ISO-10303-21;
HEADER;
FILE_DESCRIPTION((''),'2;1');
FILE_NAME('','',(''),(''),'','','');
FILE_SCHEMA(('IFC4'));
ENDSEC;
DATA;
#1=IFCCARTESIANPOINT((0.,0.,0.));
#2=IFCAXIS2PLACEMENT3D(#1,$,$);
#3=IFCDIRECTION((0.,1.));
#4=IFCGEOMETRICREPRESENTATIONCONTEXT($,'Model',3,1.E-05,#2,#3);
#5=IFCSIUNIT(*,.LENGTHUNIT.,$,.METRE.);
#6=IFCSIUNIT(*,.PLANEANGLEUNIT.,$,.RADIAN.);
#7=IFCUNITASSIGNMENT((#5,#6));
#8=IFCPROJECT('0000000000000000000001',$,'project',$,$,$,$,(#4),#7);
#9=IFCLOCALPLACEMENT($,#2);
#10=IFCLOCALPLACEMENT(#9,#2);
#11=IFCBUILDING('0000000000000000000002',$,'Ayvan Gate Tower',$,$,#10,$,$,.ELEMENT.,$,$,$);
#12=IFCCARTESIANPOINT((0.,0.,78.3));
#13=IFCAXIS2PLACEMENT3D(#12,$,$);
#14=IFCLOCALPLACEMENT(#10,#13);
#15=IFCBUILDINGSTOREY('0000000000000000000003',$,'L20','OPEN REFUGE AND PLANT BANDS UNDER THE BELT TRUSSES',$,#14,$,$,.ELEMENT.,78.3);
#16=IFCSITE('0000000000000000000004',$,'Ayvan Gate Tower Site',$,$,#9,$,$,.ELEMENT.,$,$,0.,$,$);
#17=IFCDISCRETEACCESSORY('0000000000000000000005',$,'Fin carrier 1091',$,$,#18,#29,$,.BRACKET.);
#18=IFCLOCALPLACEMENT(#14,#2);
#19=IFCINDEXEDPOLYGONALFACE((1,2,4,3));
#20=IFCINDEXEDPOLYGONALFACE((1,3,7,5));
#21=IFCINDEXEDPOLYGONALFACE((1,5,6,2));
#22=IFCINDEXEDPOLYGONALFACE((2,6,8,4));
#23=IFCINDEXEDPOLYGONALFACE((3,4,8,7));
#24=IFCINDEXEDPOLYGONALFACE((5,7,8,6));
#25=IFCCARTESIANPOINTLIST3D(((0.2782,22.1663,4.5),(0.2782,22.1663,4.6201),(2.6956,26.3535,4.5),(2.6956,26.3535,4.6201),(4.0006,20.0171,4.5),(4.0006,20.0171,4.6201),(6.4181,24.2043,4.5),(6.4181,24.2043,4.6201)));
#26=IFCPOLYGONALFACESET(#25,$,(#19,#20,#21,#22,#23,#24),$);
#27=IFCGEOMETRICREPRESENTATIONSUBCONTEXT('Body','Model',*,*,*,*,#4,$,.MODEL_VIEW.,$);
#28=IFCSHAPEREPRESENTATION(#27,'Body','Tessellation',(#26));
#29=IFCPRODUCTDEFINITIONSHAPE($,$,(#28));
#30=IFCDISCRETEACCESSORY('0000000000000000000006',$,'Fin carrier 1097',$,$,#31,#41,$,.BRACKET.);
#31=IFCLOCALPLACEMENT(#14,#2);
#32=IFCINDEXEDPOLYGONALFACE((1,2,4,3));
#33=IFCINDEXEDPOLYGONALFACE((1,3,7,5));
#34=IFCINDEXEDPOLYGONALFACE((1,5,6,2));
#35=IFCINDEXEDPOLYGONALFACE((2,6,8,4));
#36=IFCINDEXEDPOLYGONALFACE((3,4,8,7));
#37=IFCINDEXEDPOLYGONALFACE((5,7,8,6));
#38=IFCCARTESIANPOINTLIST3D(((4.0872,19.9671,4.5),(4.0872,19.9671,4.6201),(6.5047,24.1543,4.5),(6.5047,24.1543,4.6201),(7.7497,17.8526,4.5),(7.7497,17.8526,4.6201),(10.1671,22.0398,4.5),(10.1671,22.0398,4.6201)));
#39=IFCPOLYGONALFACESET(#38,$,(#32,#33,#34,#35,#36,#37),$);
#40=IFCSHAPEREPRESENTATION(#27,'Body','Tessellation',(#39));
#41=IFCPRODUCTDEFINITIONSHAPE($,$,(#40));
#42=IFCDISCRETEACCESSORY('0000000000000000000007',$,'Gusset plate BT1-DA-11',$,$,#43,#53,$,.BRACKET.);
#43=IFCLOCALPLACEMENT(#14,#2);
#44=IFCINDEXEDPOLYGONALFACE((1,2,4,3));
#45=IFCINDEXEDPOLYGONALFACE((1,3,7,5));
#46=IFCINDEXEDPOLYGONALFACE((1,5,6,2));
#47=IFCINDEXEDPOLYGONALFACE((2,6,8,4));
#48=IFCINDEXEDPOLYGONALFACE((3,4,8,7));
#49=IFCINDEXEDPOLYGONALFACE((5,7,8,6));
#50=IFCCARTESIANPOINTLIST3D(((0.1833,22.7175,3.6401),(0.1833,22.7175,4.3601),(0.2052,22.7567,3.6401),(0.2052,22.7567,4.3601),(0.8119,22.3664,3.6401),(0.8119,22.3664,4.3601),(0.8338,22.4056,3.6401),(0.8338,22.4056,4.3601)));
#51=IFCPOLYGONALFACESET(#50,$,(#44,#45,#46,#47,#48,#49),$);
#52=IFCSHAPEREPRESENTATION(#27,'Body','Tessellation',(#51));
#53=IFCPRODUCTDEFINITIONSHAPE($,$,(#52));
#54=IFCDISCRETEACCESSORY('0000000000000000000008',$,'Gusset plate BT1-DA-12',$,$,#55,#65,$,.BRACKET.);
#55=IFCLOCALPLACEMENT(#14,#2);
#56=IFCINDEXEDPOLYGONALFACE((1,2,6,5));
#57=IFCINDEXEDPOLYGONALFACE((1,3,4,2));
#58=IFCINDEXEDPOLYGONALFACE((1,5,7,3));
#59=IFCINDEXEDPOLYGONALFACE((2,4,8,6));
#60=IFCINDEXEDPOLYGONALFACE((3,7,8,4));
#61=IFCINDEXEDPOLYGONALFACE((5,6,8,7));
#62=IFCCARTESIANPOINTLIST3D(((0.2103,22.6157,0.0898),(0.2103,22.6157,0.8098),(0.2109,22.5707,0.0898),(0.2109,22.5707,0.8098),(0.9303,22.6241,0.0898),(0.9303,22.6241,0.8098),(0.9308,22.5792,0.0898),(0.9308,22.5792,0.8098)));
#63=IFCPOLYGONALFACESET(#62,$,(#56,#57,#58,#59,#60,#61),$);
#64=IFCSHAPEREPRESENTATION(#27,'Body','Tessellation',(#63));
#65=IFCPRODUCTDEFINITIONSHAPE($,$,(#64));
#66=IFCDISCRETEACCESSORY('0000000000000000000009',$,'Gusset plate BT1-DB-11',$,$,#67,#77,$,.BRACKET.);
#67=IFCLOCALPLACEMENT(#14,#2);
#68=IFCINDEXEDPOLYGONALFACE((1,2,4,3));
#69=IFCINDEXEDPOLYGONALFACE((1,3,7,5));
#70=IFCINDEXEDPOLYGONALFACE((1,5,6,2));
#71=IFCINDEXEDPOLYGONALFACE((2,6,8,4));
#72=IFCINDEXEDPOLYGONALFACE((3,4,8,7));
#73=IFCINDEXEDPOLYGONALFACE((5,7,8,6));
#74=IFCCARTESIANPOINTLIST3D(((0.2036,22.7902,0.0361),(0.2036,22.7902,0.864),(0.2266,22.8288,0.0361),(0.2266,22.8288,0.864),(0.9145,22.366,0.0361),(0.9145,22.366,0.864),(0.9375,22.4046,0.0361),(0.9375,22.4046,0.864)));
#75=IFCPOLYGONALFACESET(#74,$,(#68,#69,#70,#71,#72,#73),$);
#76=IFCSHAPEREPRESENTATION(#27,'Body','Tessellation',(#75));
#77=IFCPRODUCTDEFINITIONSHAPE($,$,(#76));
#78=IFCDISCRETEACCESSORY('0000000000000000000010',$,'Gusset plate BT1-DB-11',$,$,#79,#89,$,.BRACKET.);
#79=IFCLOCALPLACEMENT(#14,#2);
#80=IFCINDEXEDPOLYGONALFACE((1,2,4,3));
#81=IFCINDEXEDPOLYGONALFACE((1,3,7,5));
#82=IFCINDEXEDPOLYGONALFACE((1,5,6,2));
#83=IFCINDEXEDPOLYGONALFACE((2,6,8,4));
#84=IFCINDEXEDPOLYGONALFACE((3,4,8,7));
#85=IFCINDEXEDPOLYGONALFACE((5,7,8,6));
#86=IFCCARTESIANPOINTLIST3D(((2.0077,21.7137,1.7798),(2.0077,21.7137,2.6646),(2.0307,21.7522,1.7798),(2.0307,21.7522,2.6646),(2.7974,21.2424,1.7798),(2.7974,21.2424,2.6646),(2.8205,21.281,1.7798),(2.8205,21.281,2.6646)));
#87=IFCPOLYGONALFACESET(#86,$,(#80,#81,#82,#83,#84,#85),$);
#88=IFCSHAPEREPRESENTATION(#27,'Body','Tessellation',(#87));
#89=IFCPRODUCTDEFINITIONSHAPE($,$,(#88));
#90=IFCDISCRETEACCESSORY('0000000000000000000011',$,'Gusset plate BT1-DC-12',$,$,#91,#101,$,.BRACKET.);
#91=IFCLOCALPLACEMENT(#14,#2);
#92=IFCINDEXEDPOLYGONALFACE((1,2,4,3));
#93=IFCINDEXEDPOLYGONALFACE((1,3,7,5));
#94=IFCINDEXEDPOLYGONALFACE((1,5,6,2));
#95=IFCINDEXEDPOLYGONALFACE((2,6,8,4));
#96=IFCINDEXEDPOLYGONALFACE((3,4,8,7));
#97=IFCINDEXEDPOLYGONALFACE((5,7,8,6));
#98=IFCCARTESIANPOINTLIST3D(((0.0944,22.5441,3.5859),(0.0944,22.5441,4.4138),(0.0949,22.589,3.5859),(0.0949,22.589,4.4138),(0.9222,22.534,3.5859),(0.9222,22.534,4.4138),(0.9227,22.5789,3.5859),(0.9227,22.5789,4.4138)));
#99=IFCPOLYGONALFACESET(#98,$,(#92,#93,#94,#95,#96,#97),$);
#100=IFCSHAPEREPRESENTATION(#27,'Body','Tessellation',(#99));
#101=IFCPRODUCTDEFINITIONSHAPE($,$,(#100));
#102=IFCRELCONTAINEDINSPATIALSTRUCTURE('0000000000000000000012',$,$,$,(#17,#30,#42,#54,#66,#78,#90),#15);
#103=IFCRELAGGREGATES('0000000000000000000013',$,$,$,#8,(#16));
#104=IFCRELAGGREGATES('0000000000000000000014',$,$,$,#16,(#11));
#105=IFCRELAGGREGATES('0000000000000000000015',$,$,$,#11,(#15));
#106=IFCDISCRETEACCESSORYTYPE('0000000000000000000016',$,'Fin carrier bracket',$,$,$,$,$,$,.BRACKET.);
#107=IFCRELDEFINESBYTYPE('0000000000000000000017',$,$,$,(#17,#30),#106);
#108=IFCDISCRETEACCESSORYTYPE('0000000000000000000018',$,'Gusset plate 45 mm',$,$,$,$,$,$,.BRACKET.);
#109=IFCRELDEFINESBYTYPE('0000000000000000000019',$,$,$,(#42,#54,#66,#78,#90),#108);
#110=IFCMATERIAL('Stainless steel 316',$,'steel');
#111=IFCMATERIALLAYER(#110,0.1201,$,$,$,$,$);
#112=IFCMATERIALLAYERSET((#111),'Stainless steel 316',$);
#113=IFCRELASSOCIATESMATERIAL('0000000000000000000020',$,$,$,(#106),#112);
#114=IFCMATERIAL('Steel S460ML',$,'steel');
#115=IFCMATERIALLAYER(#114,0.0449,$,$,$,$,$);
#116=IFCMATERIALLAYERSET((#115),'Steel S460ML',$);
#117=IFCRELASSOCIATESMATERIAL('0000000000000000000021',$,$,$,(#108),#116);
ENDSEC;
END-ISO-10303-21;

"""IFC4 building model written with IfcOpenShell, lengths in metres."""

from ifc_helpers import new_model, si_unit, direction, frame, origin, origin_2d, place, context, subcontext, project, spatial, rectangle, extrude, material, layer, layer_set, type_object, element, save


model = new_model("IFC4")

# Units and contexts
model_context = context("Model", 3, precision=1e-05, world=origin(), true_north=direction((0.0, 1.0)))
body_context = subcontext(model_context, "Body", "Model", "MODEL_VIEW")
ifc_project = project(units=[si_unit("LENGTHUNIT", "METRE"), si_unit("PLANEANGLEUNIT", "RADIAN")], contexts=[model_context])

# Site, building, storey
site_placement = place(None, origin())
site = spatial("IfcSite", under=ifc_project, at=site_placement, Name="Ayvan Gate Tower Site", CompositionType="ELEMENT", RefElevation=0.0)
building_placement = place(site_placement, origin())
building = spatial("IfcBuilding", under=site, at=building_placement, Name="Ayvan Gate Tower", CompositionType="ELEMENT")
storey_placement = place(building_placement, frame((0.0, 0.0, 78.3)))
storey = spatial("IfcBuildingStorey", under=building, at=storey_placement, Name="L20", Description="OPEN REFUGE AND PLANT BANDS UNDER THE BELT TRUSSES", CompositionType="ELEMENT", Elevation=78.3)

# Shared definitions
ifc_material_1 = material(Name="Steel S460ML", Category="steel")

# Discrete accessories
ifc_material_2 = material(Name="Stainless steel 316", Category="steel")
ifc_layer_1 = layer(ifc_material_2, 0.1201)
ifc_layer_set_1 = layer_set([ifc_layer_1], Name="Stainless steel 316")
discrete_accessory_type_1 = type_object("IfcDiscreteAccessoryType", Name="Fin carrier bracket", PredefinedType="BRACKET", material=ifc_layer_set_1)
discrete_accessory_1_placement = place(storey_placement, frame((3.3481, 23.1853, 4.5), z_axis=(0.0, 0.0, 1.0), x_axis=(-0.866025, 0.5, 0.0)))
element("IfcDiscreteAccessory", 1, at=discrete_accessory_1_placement, inside=storey, type_object=discrete_accessory_type_1, Name="Fin carrier 1091", PredefinedType="BRACKET", context=body_context, shape_type="SweptSolid", body=[
    extrude(rectangle(XDim=4.2983, YDim=4.835, at=origin_2d()), origin(), (0.0, 0.0, 1.0), 0.1201),
])
discrete_accessory_2_placement = place(storey_placement, frame((7.1272, 21.0034, 4.5), z_axis=(0.0, 0.0, 1.0), x_axis=(-0.866025, 0.5, 0.0)))
element("IfcDiscreteAccessory", 2, at=discrete_accessory_2_placement, inside=storey, type_object=discrete_accessory_type_1, Name="Fin carrier 1097", PredefinedType="BRACKET", context=body_context, shape_type="SweptSolid", body=[
    extrude(rectangle(XDim=4.229, YDim=4.835, at=origin_2d()), origin(), (0.0, 0.0, 1.0), 0.1201),
])
ifc_layer_2 = layer(ifc_material_1, 0.0449)
ifc_layer_set_2 = layer_set([ifc_layer_2], Name="Steel S460ML")
discrete_accessory_type_2 = type_object("IfcDiscreteAccessoryType", Name="Gusset plate 45 mm", PredefinedType="BRACKET", material=ifc_layer_set_2)
for number, where, z_axis, x_axis, name in (
    (3, (0.5085, 22.5615, 3.6401), (0.0, 0.0, 1.0), (-0.873047, 0.487636, 0.0), "Gusset plate BT1-DA-11"),
    (4, (0.5706, 22.5974, 0.0898), (0.0, 0.0, 1.0), (0.999932, 0.011683, 0.0), "Gusset plate BT1-DA-12"),
):
    element("IfcDiscreteAccessory", number, at=place(storey_placement, frame(where, z_axis=z_axis, x_axis=x_axis)), inside=storey, type_object=discrete_accessory_type_2, Name=name, PredefinedType="BRACKET", context=body_context, shape_type="SweptSolid", body=[
        extrude(rectangle(XDim=0.72, YDim=0.0449, at=origin_2d()), origin(), (0.0, 0.0, 1.0), 0.72),
    ])
discrete_accessory_3_placement = place(storey_placement, frame((0.5706, 22.5974, 0.0361), z_axis=(0.0, 0.0, 1.0), x_axis=(-0.858732, 0.512425, 0.0)))
element("IfcDiscreteAccessory", 5, at=discrete_accessory_3_placement, inside=storey, type_object=discrete_accessory_type_2, Name="Gusset plate BT1-DB-11", PredefinedType="BRACKET", context=body_context, shape_type="SweptSolid", body=[
    extrude(rectangle(XDim=0.8279, YDim=0.0449, at=origin_2d()), origin(), (0.0, 0.0, 1.0), 0.8279),
])
discrete_accessory_4_placement = place(storey_placement, frame((2.4141, 21.4973, 1.7798), z_axis=(0.0, 0.0, 1.0), x_axis=(-0.858732, 0.512425, 0.0)))
element("IfcDiscreteAccessory", 6, at=discrete_accessory_4_placement, inside=storey, type_object=discrete_accessory_type_2, Name="Gusset plate BT1-DB-11", PredefinedType="BRACKET", context=body_context, shape_type="SweptSolid", body=[
    extrude(rectangle(XDim=0.9197, YDim=0.0449, at=origin_2d()), origin(), (0.0, 0.0, 1.0), 0.8848),
])
discrete_accessory_5_placement = place(storey_placement, frame((0.5085, 22.5615, 3.5859), z_axis=(0.0, 0.0, 1.0), x_axis=(-0.999926, 0.012175, 0.0)))
element("IfcDiscreteAccessory", 7, at=discrete_accessory_5_placement, inside=storey, type_object=discrete_accessory_type_2, Name="Gusset plate BT1-DC-12", PredefinedType="BRACKET", context=body_context, shape_type="SweptSolid", body=[
    extrude(rectangle(XDim=0.8279, YDim=0.0449, at=origin_2d()), origin(), (0.0, 0.0, 1.0), 0.8279),
])

save(model, "model.ifc")
